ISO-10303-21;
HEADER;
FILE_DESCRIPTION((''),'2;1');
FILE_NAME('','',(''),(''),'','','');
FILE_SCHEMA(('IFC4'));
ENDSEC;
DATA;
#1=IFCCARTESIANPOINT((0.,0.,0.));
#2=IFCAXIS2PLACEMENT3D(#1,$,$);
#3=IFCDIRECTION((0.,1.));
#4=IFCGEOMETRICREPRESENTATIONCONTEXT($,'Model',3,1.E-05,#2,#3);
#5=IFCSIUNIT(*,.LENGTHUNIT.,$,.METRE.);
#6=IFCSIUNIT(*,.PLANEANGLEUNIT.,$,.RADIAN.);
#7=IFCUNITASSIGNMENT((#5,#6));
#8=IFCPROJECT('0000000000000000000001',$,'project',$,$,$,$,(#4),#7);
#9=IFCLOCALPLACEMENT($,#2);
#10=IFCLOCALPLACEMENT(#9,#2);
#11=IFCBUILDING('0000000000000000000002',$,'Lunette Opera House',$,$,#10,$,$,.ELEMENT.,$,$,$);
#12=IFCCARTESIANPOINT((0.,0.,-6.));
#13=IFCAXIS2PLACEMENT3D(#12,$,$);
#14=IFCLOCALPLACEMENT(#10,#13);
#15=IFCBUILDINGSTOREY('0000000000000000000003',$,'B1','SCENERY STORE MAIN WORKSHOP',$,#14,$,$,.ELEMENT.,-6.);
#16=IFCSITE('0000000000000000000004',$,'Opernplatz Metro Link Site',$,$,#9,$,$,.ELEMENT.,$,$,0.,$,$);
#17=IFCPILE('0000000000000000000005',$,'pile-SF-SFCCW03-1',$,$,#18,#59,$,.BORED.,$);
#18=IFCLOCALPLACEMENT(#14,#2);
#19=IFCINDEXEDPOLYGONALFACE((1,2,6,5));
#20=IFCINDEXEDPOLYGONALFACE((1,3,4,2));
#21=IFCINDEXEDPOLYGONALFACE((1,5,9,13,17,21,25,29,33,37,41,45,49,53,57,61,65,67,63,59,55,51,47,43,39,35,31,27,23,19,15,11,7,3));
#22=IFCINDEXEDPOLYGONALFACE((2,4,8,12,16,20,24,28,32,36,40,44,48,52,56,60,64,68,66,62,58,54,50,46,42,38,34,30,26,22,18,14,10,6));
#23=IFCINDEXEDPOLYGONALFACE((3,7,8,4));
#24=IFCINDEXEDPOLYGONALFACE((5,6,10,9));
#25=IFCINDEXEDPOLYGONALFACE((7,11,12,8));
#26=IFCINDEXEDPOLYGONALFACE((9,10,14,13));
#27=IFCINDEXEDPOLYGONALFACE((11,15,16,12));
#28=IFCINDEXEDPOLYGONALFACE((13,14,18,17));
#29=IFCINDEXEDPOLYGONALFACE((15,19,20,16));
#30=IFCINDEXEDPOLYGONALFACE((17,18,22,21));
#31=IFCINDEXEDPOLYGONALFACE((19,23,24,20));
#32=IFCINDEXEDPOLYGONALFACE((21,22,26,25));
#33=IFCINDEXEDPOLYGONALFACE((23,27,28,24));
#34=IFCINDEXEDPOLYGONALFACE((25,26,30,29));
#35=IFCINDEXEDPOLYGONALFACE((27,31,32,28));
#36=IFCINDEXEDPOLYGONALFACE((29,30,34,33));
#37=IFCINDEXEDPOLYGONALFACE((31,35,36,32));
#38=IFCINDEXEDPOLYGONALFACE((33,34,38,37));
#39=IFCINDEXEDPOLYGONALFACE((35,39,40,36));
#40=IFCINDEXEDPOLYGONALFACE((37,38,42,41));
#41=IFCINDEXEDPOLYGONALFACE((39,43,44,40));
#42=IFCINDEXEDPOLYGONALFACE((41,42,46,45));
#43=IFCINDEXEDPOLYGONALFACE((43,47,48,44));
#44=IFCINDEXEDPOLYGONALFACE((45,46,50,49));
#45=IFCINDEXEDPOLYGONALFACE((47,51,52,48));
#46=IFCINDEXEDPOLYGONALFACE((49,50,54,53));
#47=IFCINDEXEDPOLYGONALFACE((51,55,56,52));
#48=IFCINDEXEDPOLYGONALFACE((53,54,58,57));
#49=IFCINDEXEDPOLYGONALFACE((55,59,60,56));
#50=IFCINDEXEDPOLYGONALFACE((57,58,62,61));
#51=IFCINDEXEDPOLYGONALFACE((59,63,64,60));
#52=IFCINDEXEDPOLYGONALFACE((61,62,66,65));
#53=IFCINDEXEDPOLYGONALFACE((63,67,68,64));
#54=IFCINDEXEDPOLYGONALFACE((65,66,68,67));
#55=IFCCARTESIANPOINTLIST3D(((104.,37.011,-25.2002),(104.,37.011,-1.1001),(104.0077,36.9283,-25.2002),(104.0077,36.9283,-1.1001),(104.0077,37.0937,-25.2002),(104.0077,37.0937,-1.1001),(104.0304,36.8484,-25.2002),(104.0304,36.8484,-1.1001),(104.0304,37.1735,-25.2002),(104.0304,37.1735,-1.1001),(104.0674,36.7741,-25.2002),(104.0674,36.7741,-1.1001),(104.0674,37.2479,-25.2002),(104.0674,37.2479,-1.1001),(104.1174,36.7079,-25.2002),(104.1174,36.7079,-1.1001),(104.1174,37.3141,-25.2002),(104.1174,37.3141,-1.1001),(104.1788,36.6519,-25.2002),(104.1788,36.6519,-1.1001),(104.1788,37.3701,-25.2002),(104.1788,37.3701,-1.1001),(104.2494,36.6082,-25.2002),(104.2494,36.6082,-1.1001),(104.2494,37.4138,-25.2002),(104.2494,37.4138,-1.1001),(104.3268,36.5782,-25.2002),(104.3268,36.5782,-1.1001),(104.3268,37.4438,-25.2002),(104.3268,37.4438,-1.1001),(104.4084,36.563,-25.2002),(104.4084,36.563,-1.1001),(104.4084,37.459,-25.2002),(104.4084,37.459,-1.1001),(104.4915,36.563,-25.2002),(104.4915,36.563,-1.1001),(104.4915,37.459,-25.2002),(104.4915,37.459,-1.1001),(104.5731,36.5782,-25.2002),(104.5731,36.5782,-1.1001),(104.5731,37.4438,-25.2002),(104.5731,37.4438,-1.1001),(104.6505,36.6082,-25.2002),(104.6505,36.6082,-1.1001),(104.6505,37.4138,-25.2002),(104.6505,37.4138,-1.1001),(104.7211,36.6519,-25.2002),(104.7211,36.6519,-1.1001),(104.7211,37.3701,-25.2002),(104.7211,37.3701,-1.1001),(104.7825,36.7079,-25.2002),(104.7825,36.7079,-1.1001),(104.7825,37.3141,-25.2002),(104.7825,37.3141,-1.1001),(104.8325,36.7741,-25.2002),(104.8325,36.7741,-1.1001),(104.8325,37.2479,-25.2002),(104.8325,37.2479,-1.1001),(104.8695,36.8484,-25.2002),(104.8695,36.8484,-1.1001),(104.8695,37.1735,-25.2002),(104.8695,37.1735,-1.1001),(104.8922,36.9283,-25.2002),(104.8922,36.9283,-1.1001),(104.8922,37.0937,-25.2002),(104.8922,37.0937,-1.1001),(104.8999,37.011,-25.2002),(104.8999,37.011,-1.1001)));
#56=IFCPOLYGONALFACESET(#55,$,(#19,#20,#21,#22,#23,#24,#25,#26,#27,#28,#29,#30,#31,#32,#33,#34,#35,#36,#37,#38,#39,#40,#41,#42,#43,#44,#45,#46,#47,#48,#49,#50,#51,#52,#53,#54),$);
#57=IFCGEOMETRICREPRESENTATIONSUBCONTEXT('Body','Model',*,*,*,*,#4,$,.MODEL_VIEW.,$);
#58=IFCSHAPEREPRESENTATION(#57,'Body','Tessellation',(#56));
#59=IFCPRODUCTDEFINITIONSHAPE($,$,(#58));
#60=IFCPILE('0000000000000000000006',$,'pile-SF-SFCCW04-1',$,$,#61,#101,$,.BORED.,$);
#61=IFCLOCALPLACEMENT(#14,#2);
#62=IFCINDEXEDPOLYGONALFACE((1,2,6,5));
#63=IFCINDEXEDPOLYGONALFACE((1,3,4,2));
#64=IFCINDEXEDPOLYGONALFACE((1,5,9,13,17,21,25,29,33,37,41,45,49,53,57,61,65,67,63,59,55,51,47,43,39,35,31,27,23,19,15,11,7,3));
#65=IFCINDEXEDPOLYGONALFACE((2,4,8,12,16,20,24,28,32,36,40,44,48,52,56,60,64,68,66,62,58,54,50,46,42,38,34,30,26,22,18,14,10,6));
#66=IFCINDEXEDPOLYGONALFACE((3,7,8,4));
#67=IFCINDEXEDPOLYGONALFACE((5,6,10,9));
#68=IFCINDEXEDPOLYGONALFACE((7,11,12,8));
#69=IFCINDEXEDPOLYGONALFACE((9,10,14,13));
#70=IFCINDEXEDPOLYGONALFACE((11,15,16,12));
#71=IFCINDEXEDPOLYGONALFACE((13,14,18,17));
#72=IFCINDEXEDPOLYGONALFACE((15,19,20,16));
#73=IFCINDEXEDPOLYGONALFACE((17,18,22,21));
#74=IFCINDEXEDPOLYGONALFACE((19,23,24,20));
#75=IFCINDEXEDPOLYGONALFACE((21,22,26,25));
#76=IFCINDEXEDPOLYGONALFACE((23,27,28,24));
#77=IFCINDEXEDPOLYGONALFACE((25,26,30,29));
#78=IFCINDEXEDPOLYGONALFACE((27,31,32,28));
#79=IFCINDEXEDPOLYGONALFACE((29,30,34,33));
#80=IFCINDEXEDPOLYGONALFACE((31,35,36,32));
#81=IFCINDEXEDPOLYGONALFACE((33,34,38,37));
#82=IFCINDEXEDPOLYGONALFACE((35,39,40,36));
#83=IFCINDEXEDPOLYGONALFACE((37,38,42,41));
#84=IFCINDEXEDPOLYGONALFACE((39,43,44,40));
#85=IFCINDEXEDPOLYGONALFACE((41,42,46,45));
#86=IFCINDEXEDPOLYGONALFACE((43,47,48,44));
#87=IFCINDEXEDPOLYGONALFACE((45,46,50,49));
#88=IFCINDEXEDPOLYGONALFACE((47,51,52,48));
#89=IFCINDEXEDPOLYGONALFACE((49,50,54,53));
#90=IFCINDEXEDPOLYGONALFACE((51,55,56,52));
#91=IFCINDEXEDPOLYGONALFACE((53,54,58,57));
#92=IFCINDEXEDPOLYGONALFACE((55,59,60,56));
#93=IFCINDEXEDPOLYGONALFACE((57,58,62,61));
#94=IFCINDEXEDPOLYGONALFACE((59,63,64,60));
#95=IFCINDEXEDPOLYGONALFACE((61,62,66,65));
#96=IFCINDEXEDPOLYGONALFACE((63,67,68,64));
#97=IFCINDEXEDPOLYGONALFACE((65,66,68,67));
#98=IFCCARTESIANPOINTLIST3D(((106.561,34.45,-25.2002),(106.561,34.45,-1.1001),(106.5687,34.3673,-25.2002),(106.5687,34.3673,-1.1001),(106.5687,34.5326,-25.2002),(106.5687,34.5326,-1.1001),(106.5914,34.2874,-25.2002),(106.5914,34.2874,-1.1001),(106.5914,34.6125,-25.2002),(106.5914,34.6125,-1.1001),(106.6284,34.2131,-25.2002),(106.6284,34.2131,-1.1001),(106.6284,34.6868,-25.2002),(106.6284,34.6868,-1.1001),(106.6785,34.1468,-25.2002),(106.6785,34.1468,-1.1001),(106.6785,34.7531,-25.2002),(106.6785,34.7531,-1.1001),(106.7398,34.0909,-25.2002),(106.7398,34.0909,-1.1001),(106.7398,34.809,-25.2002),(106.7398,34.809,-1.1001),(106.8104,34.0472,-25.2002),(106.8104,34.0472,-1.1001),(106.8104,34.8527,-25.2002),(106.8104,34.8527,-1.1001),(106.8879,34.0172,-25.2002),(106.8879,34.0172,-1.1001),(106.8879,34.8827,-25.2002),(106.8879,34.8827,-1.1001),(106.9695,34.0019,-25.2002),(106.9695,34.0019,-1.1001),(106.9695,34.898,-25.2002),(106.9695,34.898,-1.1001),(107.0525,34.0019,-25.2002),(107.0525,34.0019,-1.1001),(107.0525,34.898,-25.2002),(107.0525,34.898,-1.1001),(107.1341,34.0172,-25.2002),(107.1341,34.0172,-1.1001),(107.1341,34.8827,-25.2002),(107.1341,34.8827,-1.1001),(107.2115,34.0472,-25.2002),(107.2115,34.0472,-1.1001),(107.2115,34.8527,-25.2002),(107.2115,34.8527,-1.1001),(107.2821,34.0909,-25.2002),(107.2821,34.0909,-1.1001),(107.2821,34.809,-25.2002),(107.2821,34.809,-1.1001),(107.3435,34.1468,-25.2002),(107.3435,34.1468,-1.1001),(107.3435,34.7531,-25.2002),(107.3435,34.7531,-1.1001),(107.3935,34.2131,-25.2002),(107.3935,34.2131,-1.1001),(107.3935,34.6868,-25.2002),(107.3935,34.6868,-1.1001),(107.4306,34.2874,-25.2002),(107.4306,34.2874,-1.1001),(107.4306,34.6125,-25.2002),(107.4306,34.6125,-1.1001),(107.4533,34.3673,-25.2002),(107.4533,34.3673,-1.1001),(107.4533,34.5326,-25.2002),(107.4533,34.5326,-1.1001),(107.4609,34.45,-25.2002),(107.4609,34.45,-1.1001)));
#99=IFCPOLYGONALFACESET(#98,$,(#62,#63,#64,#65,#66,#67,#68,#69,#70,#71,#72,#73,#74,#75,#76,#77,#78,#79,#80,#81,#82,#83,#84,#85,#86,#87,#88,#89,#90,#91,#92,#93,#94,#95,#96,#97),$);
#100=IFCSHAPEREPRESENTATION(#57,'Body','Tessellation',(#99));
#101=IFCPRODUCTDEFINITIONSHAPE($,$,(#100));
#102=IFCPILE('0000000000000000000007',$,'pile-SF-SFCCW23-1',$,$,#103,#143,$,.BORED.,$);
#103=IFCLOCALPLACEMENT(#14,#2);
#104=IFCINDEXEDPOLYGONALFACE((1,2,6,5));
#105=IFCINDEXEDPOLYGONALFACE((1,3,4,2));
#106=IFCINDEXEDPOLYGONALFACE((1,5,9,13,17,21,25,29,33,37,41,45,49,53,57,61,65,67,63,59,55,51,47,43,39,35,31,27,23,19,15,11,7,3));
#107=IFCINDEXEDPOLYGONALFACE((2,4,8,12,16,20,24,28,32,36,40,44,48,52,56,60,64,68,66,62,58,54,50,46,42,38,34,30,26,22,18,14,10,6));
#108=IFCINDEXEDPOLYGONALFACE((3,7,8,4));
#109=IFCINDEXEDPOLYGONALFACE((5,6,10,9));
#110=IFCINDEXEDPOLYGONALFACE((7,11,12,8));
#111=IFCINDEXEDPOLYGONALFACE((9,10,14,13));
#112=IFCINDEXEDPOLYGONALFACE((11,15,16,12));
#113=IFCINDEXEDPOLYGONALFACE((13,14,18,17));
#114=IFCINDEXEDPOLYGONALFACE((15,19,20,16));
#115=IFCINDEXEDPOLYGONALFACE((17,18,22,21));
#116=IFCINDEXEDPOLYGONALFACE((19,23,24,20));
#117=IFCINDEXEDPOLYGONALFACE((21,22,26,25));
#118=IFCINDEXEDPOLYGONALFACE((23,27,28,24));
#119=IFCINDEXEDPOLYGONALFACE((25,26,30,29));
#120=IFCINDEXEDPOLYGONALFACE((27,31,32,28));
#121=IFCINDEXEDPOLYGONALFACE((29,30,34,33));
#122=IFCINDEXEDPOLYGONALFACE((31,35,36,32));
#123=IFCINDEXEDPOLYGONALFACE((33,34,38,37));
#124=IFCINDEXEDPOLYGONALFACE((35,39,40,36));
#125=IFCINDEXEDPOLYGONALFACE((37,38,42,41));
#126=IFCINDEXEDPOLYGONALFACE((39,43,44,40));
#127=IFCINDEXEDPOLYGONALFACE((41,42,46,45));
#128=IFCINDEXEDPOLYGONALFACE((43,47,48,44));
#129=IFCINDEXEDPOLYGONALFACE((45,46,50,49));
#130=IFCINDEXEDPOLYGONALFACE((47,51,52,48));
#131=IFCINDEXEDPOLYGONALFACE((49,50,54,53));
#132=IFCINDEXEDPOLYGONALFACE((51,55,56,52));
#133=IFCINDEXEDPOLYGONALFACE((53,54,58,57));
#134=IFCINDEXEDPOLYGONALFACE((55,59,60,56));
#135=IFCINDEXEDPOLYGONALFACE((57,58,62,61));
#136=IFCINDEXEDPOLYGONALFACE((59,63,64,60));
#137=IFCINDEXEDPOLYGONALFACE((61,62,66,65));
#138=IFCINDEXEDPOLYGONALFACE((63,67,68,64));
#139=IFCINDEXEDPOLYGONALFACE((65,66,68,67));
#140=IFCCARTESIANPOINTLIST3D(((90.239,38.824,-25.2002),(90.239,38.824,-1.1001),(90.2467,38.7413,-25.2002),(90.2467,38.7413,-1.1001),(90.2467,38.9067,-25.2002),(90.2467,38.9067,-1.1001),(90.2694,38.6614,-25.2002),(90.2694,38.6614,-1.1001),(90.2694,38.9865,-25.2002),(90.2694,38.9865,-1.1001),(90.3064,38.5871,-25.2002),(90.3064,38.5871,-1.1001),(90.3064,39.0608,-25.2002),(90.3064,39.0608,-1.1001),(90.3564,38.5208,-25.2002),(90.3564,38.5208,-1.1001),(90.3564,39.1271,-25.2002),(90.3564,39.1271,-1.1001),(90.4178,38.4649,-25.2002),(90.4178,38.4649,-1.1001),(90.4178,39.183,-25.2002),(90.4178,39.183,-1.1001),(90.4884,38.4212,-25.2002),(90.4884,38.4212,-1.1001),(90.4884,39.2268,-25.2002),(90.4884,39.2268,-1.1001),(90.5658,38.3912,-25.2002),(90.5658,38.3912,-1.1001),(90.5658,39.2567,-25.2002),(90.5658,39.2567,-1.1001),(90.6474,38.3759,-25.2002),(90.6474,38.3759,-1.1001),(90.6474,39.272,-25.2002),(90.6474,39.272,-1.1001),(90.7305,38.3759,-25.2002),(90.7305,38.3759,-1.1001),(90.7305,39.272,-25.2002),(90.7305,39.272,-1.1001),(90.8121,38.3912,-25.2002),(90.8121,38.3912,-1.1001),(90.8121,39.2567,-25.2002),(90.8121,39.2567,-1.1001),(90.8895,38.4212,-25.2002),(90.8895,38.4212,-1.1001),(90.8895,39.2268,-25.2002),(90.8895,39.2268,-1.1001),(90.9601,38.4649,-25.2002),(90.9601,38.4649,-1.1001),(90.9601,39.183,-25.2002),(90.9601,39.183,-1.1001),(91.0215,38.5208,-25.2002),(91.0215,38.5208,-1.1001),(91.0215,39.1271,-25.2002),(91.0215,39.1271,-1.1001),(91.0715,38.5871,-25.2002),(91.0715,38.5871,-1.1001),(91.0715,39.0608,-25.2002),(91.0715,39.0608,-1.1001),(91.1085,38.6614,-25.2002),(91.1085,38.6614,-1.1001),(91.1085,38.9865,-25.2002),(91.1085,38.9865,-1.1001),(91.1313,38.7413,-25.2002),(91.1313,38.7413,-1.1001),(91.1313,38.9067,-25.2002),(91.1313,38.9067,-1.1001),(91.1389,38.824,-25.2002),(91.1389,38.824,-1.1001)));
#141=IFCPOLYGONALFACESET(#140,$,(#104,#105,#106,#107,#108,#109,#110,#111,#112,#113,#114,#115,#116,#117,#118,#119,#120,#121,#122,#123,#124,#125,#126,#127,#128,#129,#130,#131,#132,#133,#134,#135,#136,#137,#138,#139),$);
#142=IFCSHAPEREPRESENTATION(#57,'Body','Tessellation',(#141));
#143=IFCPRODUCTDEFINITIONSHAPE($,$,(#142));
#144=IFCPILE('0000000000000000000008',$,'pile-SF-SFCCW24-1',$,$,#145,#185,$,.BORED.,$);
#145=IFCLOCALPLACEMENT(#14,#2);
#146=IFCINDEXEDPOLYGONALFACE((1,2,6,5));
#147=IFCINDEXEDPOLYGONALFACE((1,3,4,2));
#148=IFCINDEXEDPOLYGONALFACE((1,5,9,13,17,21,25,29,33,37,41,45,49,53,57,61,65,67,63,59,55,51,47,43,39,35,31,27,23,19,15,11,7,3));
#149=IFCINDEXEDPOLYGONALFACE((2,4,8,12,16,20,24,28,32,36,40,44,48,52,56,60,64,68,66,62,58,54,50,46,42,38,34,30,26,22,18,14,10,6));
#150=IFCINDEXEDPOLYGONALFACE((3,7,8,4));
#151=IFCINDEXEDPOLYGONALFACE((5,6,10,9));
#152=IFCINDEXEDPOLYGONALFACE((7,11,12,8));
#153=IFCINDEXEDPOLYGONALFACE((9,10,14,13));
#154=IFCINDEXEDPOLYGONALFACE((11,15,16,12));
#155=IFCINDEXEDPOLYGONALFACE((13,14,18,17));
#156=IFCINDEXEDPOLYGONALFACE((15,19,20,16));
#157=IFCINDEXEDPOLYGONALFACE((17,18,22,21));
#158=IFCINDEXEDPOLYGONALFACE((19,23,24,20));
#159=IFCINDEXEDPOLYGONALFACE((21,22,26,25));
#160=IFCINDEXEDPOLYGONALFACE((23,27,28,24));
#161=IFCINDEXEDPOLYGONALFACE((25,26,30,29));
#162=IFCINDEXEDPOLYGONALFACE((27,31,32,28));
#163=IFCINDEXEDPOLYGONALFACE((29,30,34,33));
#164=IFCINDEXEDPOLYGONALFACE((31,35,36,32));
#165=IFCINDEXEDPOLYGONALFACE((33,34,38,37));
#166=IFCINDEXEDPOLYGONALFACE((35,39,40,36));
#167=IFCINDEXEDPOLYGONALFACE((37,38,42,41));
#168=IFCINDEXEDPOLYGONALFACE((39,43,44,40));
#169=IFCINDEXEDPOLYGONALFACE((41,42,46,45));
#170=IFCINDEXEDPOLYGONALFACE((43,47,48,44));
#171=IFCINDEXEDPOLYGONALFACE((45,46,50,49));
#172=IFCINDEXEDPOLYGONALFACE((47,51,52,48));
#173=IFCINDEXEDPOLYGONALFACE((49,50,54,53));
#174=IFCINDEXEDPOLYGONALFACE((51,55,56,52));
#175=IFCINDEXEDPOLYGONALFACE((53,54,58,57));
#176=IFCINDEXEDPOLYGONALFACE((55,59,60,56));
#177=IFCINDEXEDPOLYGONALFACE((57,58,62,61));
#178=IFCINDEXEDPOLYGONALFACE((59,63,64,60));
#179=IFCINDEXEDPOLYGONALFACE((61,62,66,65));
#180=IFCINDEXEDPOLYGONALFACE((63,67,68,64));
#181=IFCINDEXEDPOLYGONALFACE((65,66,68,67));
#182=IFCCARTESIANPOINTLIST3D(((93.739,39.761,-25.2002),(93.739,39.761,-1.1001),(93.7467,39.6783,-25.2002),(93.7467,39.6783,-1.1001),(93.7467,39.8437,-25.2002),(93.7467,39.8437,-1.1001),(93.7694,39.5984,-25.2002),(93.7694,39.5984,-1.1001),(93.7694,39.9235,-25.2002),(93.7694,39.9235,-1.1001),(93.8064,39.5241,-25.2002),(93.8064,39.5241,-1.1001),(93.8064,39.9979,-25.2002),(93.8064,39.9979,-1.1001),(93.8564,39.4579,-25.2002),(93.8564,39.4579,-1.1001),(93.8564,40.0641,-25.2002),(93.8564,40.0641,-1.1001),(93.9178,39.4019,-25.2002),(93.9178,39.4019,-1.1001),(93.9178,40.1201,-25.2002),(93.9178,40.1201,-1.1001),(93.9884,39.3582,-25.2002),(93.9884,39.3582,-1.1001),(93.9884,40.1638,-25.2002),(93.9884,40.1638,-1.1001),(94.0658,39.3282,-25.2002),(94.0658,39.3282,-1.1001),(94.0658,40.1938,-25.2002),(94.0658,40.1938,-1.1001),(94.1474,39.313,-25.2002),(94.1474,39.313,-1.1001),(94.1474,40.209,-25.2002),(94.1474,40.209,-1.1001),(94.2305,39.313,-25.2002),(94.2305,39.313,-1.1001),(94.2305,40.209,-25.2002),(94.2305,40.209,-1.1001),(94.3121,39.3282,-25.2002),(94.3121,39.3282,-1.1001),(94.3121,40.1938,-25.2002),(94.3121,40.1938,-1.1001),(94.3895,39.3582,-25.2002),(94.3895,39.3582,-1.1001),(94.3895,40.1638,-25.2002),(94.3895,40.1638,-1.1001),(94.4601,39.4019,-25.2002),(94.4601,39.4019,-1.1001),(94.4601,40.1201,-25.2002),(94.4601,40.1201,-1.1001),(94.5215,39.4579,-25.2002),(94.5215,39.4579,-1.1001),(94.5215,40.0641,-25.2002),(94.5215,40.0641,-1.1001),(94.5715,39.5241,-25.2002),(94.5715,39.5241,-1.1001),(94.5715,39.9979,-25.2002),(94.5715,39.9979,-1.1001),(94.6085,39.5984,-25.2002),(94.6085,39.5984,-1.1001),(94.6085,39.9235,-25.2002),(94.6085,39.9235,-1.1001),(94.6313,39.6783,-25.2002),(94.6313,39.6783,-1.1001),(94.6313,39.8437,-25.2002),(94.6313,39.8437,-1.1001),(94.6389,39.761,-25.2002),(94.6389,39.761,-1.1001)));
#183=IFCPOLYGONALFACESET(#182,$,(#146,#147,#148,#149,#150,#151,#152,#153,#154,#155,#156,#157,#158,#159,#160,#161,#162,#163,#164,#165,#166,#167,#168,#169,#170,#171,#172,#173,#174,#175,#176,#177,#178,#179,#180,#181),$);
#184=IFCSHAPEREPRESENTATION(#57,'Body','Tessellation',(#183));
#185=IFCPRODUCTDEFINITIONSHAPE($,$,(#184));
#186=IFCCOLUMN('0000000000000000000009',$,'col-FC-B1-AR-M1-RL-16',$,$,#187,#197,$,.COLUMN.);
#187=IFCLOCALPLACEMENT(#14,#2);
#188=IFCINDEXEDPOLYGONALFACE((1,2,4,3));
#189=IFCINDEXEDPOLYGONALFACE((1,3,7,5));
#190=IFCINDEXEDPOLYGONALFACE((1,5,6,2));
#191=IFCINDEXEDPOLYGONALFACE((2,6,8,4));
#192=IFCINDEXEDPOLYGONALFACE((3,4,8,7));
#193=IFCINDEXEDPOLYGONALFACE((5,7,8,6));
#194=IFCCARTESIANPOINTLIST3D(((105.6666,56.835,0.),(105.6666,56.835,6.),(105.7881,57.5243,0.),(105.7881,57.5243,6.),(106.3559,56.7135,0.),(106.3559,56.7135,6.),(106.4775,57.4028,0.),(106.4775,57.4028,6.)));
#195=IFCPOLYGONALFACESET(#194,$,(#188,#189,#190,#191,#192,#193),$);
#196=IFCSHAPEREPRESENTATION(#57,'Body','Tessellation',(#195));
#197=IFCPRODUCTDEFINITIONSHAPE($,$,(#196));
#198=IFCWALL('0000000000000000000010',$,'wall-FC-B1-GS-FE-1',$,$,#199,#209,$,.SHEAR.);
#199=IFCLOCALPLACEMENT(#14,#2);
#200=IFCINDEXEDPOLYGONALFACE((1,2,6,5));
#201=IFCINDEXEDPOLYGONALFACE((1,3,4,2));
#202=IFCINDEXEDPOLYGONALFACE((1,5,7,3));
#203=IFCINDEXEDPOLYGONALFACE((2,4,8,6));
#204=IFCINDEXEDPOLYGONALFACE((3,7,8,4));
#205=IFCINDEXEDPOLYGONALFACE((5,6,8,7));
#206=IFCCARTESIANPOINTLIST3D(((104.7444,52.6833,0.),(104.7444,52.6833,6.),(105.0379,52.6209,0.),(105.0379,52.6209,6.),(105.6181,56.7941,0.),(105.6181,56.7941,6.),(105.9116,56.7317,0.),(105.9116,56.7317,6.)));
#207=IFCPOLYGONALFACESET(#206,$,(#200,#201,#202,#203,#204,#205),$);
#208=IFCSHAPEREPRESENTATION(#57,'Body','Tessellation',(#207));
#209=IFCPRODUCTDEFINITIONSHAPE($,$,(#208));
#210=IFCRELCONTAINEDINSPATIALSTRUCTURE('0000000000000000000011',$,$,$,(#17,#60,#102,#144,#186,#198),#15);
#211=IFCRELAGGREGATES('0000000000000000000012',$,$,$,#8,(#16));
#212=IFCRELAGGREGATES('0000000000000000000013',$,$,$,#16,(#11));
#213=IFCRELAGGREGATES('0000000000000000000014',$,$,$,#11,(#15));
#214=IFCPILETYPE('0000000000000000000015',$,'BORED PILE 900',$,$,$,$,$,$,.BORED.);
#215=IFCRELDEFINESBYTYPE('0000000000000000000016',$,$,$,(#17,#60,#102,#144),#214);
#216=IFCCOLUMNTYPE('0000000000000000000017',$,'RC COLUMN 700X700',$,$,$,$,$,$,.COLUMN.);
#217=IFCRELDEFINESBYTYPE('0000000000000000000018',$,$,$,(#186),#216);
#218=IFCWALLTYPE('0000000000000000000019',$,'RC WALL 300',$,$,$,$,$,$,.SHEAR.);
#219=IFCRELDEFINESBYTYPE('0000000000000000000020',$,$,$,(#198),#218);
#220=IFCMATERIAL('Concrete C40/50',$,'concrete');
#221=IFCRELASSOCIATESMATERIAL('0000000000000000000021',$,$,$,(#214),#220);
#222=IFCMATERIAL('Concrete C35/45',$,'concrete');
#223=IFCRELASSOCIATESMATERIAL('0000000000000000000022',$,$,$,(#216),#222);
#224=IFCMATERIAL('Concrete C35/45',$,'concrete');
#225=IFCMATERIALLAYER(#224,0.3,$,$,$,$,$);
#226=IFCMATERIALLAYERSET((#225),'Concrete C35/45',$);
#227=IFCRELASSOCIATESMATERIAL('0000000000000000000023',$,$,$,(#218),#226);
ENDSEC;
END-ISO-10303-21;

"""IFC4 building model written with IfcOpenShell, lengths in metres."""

from ifc_helpers import new_model, si_unit, direction, frame, frame_2d, origin, origin_2d, place, context, subcontext, project, spatial, rectangle, circle, extrude, material, layer, layer_set, material_profile, profile_set, type_object, element, save


model = new_model("IFC4")

# Units and contexts
model_context = context("Model", 3, precision=1e-05, world=origin(), true_north=direction((0.0, 1.0)))
body_context = subcontext(model_context, "Body", "Model", "MODEL_VIEW")
ifc_project = project(units=[si_unit("LENGTHUNIT", "METRE"), si_unit("PLANEANGLEUNIT", "RADIAN")], contexts=[model_context])

# Site, building, storey
site_placement = place(None, origin())
site = spatial("IfcSite", under=ifc_project, at=site_placement, Name="Opernplatz Metro Link Site", CompositionType="ELEMENT", RefElevation=0.0)
building_placement = place(site_placement, origin())
building = spatial("IfcBuilding", under=site, at=building_placement, Name="Lunette Opera House", CompositionType="ELEMENT")
storey_placement = place(building_placement, frame((0.0, 0.0, -6.0)))
storey = spatial("IfcBuildingStorey", under=building, at=storey_placement, Name="B1", Description="SCENERY STORE MAIN WORKSHOP", CompositionType="ELEMENT", Elevation=-6.0)

# Piles
ifc_material_1 = material(Name="Concrete C40/50", Category="concrete")
ifc_material_profile_1 = material_profile(ifc_material_1, circle(Radius=0.45, at=origin_2d()), Name="BORED PILE 900")
ifc_profile_set_1 = profile_set([ifc_material_profile_1], Name="Concrete C40/50")
pile_type = type_object("IfcPileType", Name="BORED PILE 900", PredefinedType="BORED", material=ifc_profile_set_1)
for number, where, z_axis, x_axis, name in (
    (1, (104.45, 37.011, -1.1001), (0.0, 0.0, -1.0), (1.0, 0.0, 0.0), "pile-SF-SFCCW03-1"),
    (2, (107.011, 34.45, -1.1001), (0.0, 0.0, -1.0), (1.0, 0.0, 0.0), "pile-SF-SFCCW04-1"),
    (3, (90.689, 38.824, -1.1001), (0.0, 0.0, -1.0), (1.0, 0.0, 0.0), "pile-SF-SFCCW23-1"),
    (4, (94.189, 39.761, -1.1001), (0.0, 0.0, -1.0), (1.0, 0.0, 0.0), "pile-SF-SFCCW24-1"),
):
    element("IfcPile", number, at=place(storey_placement, frame(where, z_axis=z_axis, x_axis=x_axis)), inside=storey, type_object=pile_type, Name=name, PredefinedType="BORED", context=body_context, shape_type="SweptSolid", body=[
        extrude(circle(Radius=0.45, at=origin_2d()), origin(), (0.0, 0.0, 1.0), 24.1001),
    ])

# Column
ifc_material_2 = material(Name="Concrete C35/45", Category="concrete")
ifc_material_profile_2 = material_profile(ifc_material_2, rectangle(XDim=0.7, YDim=0.7, at=origin_2d()), Name="RC COLUMN 700X700")
ifc_profile_set_2 = profile_set([ifc_material_profile_2], Name="Concrete C35/45")
column_type = type_object("IfcColumnType", Name="RC COLUMN 700X700", PredefinedType="COLUMN", material=ifc_profile_set_2)
column_placement = place(storey_placement, frame((106.072, 57.1189, 0.0), z_axis=(0.0, 0.0, 1.0), x_axis=(0.984808, -0.173648, 0.0)))
element("IfcColumn", 5, at=column_placement, inside=storey, type_object=column_type, Name="col-FC-B1-AR-M1-RL-16", PredefinedType="COLUMN", context=body_context, shape_type="SweptSolid", body=[
    extrude(rectangle(XDim=0.7, YDim=0.7, at=origin_2d()), origin(), (0.0, 0.0, 1.0), 6.0),
])

# Wall
ifc_material_3 = material(Name="Concrete C35/45", Category="concrete")
ifc_layer_1 = layer(ifc_material_3, 0.3)
ifc_layer_set_1 = layer_set([ifc_layer_1], Name="Concrete C35/45")
wall_type_1 = type_object("IfcWallType", Name="RC WALL 300", PredefinedType="SHEAR", material=ifc_layer_set_1)
wall_1_placement = place(storey_placement, frame((104.8911, 52.6521, 0.0), z_axis=(0.0, 0.0, 1.0), x_axis=(0.20791, 0.978148, 0.0)))
element("IfcWall", 6, at=wall_1_placement, inside=storey, type_object=wall_type_1, Name="wall-FC-B1-GS-FE-1", PredefinedType="SHEAR", context=body_context, shape_type="SweptSolid", body=[
    extrude(rectangle(XDim=4.2026, YDim=0.3, at=frame_2d((2.1013, 0.0))), origin(), (0.0, 0.0, 1.0), 6.0),
])

save(model, "model.ifc")
